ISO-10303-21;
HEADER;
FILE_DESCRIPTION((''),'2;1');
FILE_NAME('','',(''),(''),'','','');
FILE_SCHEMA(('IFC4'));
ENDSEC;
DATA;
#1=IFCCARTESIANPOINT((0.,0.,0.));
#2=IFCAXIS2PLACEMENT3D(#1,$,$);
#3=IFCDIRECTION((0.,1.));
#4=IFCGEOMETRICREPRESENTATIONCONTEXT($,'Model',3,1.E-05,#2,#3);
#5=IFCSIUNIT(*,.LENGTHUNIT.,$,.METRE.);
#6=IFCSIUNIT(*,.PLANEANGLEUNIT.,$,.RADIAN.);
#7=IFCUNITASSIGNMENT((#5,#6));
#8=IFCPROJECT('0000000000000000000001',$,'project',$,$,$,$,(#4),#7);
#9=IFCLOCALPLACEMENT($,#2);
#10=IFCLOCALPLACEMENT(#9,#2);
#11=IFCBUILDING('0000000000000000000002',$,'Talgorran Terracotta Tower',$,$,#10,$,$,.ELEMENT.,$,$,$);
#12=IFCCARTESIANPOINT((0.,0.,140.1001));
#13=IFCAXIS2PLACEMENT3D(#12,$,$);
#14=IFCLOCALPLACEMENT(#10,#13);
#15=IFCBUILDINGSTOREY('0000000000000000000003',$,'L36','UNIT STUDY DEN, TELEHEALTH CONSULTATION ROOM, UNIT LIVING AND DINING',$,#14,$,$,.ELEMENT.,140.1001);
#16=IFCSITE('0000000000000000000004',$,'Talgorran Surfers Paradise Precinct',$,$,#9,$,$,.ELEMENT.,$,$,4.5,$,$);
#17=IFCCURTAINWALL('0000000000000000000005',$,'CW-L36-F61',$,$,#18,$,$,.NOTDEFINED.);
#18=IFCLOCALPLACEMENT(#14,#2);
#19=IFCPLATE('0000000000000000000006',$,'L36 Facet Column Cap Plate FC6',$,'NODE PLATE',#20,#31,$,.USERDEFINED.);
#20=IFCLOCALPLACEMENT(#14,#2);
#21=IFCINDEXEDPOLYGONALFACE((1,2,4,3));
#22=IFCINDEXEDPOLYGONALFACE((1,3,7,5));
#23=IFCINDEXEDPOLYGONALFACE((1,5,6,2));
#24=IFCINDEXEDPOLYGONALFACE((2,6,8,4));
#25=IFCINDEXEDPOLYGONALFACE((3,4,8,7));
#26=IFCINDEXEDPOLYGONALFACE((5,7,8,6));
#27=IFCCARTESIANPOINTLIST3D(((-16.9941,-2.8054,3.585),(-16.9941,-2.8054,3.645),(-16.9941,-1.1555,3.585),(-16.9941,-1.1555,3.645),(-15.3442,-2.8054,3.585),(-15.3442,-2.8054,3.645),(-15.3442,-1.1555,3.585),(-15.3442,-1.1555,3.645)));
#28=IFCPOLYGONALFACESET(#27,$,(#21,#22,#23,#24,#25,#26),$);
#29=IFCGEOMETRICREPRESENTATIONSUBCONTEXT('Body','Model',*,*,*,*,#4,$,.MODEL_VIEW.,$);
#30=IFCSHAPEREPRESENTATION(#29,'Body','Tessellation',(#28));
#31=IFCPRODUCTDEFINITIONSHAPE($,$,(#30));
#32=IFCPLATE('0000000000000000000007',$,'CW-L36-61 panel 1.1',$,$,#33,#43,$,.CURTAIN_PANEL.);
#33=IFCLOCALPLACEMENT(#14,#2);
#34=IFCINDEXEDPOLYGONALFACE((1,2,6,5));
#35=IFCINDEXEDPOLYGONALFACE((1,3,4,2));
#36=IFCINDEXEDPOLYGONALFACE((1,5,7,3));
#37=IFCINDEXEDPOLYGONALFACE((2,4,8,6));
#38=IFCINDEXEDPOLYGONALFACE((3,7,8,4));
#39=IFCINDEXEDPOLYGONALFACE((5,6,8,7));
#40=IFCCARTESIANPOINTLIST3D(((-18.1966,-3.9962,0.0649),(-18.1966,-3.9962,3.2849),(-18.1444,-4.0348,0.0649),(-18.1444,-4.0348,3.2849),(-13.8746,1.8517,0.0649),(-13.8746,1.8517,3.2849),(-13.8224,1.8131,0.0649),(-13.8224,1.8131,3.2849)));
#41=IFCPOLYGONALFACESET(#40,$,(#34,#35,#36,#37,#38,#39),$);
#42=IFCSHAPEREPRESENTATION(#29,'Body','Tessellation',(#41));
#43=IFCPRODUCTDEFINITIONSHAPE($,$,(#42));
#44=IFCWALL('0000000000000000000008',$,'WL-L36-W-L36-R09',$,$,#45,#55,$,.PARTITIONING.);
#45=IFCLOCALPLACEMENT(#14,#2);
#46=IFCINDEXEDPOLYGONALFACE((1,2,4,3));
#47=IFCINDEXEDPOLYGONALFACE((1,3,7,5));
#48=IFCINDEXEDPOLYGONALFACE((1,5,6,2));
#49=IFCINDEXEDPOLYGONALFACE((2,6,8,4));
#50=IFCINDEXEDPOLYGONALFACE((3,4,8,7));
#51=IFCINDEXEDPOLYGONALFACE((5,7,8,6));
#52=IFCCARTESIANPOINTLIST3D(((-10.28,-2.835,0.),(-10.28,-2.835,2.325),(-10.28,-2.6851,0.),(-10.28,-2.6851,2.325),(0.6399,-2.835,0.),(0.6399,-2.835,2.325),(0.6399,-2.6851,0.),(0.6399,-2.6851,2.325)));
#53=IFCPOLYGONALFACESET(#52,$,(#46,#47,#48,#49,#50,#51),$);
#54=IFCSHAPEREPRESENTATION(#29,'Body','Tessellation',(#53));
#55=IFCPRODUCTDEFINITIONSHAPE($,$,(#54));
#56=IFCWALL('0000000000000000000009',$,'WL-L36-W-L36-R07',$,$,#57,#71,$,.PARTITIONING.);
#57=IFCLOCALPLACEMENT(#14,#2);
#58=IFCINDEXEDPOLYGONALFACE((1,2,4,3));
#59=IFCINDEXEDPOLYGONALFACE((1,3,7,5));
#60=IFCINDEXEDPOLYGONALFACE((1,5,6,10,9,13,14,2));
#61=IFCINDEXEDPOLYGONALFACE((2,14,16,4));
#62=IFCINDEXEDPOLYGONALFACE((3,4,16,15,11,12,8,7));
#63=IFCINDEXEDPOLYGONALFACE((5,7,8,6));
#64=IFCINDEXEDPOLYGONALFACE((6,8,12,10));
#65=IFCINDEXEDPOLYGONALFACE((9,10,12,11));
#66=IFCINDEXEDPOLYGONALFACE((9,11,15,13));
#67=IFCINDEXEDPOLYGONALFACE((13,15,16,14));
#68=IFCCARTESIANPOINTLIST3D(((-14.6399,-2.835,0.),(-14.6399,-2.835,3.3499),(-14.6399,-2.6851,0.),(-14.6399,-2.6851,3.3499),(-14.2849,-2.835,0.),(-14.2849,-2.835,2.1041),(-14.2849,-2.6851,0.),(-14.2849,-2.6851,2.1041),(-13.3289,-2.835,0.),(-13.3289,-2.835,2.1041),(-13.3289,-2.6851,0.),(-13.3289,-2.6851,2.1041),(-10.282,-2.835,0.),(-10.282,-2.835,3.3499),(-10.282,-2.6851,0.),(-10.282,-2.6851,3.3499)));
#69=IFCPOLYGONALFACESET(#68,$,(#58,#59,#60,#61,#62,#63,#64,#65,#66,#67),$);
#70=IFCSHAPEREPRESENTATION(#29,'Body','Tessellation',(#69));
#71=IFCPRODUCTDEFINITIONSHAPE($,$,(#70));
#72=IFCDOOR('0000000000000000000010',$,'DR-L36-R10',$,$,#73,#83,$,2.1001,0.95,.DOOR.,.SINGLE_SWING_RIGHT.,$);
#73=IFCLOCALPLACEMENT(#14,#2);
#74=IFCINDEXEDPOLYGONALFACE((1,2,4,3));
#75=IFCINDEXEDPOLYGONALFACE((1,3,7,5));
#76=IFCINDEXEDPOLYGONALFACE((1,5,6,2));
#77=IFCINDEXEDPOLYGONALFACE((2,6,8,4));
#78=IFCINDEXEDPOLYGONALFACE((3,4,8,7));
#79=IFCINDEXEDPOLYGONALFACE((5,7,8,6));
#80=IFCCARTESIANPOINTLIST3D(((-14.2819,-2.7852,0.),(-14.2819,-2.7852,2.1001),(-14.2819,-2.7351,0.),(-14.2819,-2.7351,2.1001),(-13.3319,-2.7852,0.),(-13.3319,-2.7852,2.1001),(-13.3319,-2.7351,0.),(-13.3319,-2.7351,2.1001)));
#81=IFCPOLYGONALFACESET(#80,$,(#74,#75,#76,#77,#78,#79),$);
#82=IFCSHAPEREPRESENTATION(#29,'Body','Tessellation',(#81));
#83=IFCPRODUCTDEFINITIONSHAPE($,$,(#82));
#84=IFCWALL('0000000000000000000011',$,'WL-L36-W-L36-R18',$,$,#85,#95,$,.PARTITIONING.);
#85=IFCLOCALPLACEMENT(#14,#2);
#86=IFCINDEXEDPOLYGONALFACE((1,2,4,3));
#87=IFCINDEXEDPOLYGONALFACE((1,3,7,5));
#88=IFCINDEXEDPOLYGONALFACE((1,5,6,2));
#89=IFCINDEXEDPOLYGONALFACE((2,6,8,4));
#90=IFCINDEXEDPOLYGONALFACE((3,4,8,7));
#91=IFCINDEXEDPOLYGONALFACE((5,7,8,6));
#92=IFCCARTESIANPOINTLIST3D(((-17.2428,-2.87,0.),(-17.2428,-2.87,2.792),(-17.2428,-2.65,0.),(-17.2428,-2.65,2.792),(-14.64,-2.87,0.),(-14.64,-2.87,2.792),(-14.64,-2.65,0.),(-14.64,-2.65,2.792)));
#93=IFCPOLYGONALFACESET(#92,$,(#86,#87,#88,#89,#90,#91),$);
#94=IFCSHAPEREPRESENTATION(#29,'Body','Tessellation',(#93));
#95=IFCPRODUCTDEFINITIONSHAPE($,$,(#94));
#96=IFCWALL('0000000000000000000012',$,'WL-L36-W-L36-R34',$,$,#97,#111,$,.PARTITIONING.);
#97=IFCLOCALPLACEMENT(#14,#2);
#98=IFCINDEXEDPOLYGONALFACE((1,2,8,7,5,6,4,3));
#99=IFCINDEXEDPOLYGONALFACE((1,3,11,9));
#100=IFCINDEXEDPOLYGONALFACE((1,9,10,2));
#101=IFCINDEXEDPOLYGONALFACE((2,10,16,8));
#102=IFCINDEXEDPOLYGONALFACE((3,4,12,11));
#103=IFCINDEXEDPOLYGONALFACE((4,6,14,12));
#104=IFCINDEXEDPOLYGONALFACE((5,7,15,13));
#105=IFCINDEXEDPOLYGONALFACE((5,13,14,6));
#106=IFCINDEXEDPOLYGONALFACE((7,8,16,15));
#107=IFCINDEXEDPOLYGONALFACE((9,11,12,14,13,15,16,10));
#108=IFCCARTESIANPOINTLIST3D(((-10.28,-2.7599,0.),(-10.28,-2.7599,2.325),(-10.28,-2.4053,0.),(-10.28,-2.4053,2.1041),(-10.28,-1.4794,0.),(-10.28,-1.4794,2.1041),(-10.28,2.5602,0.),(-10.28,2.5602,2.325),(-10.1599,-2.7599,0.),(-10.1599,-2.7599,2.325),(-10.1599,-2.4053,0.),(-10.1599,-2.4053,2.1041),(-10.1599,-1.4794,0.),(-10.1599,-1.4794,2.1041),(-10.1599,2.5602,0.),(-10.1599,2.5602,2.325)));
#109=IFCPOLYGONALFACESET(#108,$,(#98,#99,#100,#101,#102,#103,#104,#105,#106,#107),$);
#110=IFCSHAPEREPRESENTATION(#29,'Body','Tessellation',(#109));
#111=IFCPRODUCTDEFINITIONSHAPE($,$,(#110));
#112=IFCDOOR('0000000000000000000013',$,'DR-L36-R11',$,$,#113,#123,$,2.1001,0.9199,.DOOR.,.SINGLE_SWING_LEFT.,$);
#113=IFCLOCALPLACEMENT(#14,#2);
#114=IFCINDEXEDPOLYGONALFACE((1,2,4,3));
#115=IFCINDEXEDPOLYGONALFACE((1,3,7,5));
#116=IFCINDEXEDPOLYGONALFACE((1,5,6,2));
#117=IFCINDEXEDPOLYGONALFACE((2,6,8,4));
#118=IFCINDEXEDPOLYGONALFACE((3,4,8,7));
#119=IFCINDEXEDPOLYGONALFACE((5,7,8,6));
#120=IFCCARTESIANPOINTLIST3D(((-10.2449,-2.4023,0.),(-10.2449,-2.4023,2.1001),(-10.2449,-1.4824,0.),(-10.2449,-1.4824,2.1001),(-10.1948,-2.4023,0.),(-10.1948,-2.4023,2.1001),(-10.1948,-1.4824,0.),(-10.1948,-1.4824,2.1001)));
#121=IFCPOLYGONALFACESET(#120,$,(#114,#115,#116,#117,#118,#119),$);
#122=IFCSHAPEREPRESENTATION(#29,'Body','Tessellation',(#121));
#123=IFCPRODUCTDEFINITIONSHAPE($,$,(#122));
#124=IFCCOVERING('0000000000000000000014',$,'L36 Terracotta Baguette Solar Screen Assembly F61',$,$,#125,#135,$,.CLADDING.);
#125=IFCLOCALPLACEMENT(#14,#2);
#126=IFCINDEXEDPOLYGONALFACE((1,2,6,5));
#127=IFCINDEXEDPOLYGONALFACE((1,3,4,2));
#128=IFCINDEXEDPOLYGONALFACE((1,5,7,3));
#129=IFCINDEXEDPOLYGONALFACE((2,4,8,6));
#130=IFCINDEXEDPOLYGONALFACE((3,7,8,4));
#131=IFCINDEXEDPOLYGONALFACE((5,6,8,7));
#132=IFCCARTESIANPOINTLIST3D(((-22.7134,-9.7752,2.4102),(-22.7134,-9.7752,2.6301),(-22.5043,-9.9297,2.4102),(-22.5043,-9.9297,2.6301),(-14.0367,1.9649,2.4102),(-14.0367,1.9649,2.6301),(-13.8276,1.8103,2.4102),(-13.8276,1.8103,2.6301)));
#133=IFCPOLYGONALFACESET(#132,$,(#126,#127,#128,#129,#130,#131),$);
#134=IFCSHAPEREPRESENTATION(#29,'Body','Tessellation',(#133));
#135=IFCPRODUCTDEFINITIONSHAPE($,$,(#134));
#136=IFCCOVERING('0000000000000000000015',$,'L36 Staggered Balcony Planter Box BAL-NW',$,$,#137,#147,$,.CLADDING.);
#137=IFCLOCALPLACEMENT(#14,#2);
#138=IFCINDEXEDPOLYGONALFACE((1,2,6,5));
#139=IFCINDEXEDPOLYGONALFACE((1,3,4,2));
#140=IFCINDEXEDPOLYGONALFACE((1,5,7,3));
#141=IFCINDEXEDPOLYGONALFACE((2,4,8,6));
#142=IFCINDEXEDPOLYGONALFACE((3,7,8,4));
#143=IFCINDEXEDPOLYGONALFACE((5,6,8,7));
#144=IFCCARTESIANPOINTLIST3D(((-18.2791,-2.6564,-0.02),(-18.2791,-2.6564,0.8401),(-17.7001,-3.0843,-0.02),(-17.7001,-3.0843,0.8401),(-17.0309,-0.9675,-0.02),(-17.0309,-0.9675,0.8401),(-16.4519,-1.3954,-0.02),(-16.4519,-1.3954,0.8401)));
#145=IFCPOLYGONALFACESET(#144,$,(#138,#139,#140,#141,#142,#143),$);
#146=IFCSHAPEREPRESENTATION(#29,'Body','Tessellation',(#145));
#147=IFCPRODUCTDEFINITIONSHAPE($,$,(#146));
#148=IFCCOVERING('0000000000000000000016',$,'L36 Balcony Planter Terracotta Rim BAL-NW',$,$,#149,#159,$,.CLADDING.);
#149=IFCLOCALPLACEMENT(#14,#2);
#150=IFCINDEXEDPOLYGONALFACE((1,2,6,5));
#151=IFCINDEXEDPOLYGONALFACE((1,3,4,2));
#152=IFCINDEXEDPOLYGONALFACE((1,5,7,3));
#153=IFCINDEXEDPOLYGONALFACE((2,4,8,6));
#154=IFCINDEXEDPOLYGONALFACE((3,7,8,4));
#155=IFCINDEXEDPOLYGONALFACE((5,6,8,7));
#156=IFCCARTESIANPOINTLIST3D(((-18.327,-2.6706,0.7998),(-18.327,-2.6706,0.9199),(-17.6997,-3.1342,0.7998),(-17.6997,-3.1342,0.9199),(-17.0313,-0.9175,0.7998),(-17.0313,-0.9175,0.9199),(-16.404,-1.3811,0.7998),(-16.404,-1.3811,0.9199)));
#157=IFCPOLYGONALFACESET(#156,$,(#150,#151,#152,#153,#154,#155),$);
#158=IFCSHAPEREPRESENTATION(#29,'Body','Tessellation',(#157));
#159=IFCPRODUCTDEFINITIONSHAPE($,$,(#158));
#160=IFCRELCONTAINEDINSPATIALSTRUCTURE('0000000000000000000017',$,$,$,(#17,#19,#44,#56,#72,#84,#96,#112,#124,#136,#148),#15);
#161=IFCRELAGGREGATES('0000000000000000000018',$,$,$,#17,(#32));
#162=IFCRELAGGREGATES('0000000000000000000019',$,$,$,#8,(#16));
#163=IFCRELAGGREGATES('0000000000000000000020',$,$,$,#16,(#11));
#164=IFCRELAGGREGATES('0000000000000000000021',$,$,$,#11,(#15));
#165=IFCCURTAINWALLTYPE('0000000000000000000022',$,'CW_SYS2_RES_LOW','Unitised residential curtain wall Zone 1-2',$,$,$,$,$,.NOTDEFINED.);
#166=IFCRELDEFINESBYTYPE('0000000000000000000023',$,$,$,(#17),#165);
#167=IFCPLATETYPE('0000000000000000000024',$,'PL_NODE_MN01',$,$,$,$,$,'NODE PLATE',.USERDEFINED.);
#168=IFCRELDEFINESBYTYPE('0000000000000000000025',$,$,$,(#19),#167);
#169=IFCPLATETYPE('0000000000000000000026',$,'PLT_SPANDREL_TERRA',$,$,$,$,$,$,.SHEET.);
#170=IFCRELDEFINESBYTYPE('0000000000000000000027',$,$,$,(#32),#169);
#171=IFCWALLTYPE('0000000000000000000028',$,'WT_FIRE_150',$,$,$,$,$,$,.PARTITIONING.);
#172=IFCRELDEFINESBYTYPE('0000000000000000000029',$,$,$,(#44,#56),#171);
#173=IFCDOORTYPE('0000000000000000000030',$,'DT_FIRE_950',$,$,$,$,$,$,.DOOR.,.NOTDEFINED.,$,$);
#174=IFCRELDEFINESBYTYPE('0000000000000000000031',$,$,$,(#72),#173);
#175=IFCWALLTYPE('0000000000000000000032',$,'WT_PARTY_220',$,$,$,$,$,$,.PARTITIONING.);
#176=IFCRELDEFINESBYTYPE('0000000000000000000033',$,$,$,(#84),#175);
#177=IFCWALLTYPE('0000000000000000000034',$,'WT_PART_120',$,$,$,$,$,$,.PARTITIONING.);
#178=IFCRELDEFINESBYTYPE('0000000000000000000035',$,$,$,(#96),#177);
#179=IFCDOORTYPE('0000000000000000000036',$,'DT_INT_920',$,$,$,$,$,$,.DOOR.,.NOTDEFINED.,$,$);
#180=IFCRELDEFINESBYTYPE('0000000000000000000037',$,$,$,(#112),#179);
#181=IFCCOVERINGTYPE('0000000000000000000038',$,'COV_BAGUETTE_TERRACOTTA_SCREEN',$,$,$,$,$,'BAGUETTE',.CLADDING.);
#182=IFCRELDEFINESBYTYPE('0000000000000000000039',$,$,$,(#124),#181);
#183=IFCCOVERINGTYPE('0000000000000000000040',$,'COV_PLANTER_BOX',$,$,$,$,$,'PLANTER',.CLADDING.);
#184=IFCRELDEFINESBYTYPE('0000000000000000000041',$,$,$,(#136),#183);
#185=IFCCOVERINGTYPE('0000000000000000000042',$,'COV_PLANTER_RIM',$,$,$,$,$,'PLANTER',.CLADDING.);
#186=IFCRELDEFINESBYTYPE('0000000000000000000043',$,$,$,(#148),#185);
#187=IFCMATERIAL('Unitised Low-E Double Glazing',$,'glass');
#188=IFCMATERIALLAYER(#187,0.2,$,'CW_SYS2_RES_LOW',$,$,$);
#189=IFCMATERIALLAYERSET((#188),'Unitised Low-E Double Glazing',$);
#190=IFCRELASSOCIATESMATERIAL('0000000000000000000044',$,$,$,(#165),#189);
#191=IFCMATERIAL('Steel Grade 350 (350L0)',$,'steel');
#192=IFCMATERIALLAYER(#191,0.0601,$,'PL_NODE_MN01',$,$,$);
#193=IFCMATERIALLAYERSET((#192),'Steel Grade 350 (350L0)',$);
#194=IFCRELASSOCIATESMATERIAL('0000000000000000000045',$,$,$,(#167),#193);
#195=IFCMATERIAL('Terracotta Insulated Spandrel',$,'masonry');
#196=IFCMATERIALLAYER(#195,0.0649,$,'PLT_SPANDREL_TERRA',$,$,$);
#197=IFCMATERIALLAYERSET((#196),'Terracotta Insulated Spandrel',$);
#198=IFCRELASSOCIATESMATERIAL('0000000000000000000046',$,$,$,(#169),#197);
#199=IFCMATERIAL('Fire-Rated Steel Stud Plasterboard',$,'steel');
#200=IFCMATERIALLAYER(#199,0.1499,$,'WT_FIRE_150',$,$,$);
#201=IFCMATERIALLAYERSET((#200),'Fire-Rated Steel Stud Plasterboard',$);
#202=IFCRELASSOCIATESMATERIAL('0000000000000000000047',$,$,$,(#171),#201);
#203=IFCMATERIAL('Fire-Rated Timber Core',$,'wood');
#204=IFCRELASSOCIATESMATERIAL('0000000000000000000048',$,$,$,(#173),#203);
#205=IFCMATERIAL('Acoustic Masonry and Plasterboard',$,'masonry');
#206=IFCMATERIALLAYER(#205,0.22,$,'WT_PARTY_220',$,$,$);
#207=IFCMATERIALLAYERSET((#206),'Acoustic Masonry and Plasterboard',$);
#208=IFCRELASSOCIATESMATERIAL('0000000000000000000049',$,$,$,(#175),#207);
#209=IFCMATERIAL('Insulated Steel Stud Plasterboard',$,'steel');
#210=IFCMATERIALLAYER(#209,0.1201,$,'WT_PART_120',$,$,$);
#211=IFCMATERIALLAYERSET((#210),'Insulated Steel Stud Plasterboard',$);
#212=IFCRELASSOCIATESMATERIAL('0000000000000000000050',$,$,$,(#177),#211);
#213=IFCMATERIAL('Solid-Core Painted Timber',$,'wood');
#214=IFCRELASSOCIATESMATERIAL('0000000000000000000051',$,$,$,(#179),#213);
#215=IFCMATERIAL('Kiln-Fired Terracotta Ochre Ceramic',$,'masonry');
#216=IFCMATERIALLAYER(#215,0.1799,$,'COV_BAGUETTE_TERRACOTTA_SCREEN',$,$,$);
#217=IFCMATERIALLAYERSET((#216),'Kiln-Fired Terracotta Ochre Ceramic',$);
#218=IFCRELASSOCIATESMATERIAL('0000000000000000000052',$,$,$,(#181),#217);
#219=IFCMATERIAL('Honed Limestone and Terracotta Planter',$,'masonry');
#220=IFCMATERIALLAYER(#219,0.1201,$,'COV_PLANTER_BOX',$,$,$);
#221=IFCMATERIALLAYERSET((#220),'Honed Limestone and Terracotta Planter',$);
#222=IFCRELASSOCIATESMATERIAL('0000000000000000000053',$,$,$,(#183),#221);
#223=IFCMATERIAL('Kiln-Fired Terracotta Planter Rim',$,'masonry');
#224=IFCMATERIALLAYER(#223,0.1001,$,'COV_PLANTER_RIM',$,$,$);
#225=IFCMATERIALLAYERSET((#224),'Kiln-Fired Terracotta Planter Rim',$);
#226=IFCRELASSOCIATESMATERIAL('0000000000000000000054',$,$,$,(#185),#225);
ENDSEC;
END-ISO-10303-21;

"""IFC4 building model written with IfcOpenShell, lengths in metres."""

from ifc_helpers import new_model, si_unit, direction, frame, frame_2d, origin, origin_2d, place, context, subcontext, project, spatial, rectangle, extrude, source, transform, mapped, material, layer, layer_set, type_object, type_shapes, element, fill, aggregate, save


model = new_model("IFC4")

# Units and contexts
model_context = context("Model", 3, precision=1e-05, world=origin(), true_north=direction((0.0, 1.0)))
body_context = subcontext(model_context, "Body", "Model", "MODEL_VIEW")
ifc_project = project(units=[si_unit("LENGTHUNIT", "METRE"), si_unit("PLANEANGLEUNIT", "RADIAN")], contexts=[model_context])

# Site, building, storey
site_placement = place(None, origin())
site = spatial("IfcSite", under=ifc_project, at=site_placement, Name="Talgorran Surfers Paradise Precinct", CompositionType="ELEMENT", RefElevation=4.5)
building_placement = place(site_placement, origin())
building = spatial("IfcBuilding", under=site, at=building_placement, Name="Talgorran Terracotta Tower", CompositionType="ELEMENT")
storey_placement = place(building_placement, frame((0.0, 0.0, 140.1001)))
storey = spatial("IfcBuildingStorey", under=building, at=storey_placement, Name="L36", Description="UNIT STUDY DEN, TELEHEALTH CONSULTATION ROOM, UNIT LIVING AND DINING", CompositionType="ELEMENT", Elevation=140.1001)

# Shared definitions
ifc_material_1 = material(Name="Steel Grade 350 (350L0)", Category="steel")

# Curtain wall
ifc_material_2 = material(Name="Unitised Low-E Double Glazing", Category="glass")
ifc_layer_1 = layer(ifc_material_2, 0.2, Name="CW_SYS2_RES_LOW")
ifc_layer_set_1 = layer_set([ifc_layer_1], Name="Unitised Low-E Double Glazing")
curtain_wall_type = type_object("IfcCurtainWallType", Name="CW_SYS2_RES_LOW", Description="Unitised residential curtain wall Zone 1-2", PredefinedType="NOTDEFINED", material=ifc_layer_set_1)
curtain_wall_placement = place(storey_placement, origin())
curtain_wall = element("IfcCurtainWall", 1, at=curtain_wall_placement, inside=storey, type_object=curtain_wall_type, Name="CW-L36-F61", PredefinedType="NOTDEFINED")

# Plates
ifc_layer_2 = layer(ifc_material_1, 0.0601, Name="PL_NODE_MN01")
ifc_layer_set_2 = layer_set([ifc_layer_2], Name="Steel Grade 350 (350L0)")
plate_type_1 = type_object("IfcPlateType", Name="PL_NODE_MN01", ElementType="NODE PLATE", PredefinedType="USERDEFINED", material=ifc_layer_set_2)
plate_1_placement = place(storey_placement, frame((-16.1692, -1.9805, 3.585), z_axis=(0.0, 0.0, 1.0), x_axis=(1.0, 0.0, 0.0)))
element("IfcPlate", 2, at=plate_1_placement, inside=storey, type_object=plate_type_1, Name="L36 Facet Column Cap Plate FC6", ObjectType="NODE PLATE", PredefinedType="USERDEFINED", context=body_context, shape_type="SweptSolid", body=[
    extrude(rectangle(XDim=1.6499, YDim=1.6499, at=origin_2d()), origin(), (0.0, 0.0, 1.0), 0.0601),
])
ifc_material_3 = material(Name="Terracotta Insulated Spandrel", Category="masonry")
ifc_layer_3 = layer(ifc_material_3, 0.0649, Name="PLT_SPANDREL_TERRA")
ifc_layer_set_3 = layer_set([ifc_layer_3], Name="Terracotta Insulated Spandrel")
plate_type_2 = type_object("IfcPlateType", Name="PLT_SPANDREL_TERRA", PredefinedType="SHEET", material=ifc_layer_set_3)
shared_shape = source(origin(), body_context, "Body", "SweptSolid", [
    extrude(rectangle(XDim=7.2717, YDim=0.0649, at=origin_2d()), origin(), (0.0, 0.0, 1.0), 3.22),
])
type_shapes(plate_type_2, [shared_shape])
plate_2_placement = place(storey_placement, frame((-16.0095, -1.0916, 0.0649), z_axis=(0.0, 0.0, 1.0), x_axis=(-0.59436, -0.804199, 0.0)))
plate_2 = element("IfcPlate", 3, at=plate_2_placement, type_object=plate_type_2, Name="CW-L36-61 panel 1.1", PredefinedType="CURTAIN_PANEL", context=body_context, shape_type="MappedRepresentation", body=[
    mapped(shared_shape, transform((0.0, 0.0, 0.0), scale=1.0)),
])
aggregate(curtain_wall, [plate_2])

# Wall
ifc_material_4 = material(Name="Fire-Rated Steel Stud Plasterboard", Category="steel")
ifc_layer_4 = layer(ifc_material_4, 0.1499, Name="WT_FIRE_150")
ifc_layer_set_4 = layer_set([ifc_layer_4], Name="Fire-Rated Steel Stud Plasterboard")
wall_type_1 = type_object("IfcWallType", Name="WT_FIRE_150", PredefinedType="PARTITIONING", material=ifc_layer_set_4)
wall_1_placement = place(storey_placement, frame((-10.28, -2.76, 0.0), z_axis=(0.0, 0.0, 1.0), x_axis=(1.0, 0.0, 0.0)))
element("IfcWall", 4, at=wall_1_placement, inside=storey, type_object=wall_type_1, Name="WL-L36-W-L36-R09", PredefinedType="PARTITIONING", context=body_context, shape_type="SweptSolid", body=[
    extrude(rectangle(XDim=10.9199, YDim=0.1499, at=frame_2d((5.46, 0.0))), origin(), (0.0, 0.0, 1.0), 2.325),
])

# Wall, opening, door
wall_2_placement = place(storey_placement, frame((-14.6399, -2.76, 0.0), z_axis=(0.0, 0.0, 1.0), x_axis=(1.0, 0.0, 0.0)))
wall_2 = element("IfcWall", 5, at=wall_2_placement, inside=storey, type_object=wall_type_1, Name="WL-L36-W-L36-R07", PredefinedType="PARTITIONING", context=body_context, shape_type="SweptSolid", body=[
    extrude(rectangle(XDim=4.3579, YDim=0.1499, at=frame_2d((2.179, 0.0))), origin(), (0.0, 0.0, 1.0), 3.3499),
])
opening_1_placement = place(wall_2_placement, frame((0.3579, 0.0, 0.0)))
opening_1 = element("IfcOpeningElement", 6, at=opening_1_placement, cuts=wall_2, PredefinedType="OPENING", context=body_context, shape_type="SweptSolid", body=[
    extrude(rectangle(XDim=0.956, YDim=2.1041, at=frame_2d((0.4751, 1.052))), frame((0.0, 0.085, 0.0), z_axis=(0.0, -1.0, 0.0), x_axis=(1.0, 0.0, 0.0)), (0.0, 0.0, 1.0), 0.1699),
])
ifc_material_5 = material(Name="Fire-Rated Timber Core", Category="wood")
door_type_1 = type_object("IfcDoorType", Name="DT_FIRE_950", OperationType="NOTDEFINED", PredefinedType="DOOR", material=ifc_material_5)
door_1_placement = place(opening_1_placement, origin())
door_1 = element("IfcDoor", 7, at=door_1_placement, inside=storey, type_object=door_type_1, Name="DR-L36-R10", OperationType="SINGLE_SWING_RIGHT", OverallHeight=2.1001, OverallWidth=0.95, PredefinedType="DOOR", context=body_context, shape_type="SweptSolid", body=[
    extrude(rectangle(XDim=0.95, YDim=2.1001, at=frame_2d((0.4751, 1.05))), frame((0.0, 0.0249, 0.0), z_axis=(0.0, -1.0, 0.0), x_axis=(1.0, 0.0, 0.0)), (0.0, 0.0, 1.0), 0.05),
])
fill(opening_1, door_1)

# Wall
ifc_material_6 = material(Name="Acoustic Masonry and Plasterboard", Category="masonry")
ifc_layer_5 = layer(ifc_material_6, 0.22, Name="WT_PARTY_220")
ifc_layer_set_5 = layer_set([ifc_layer_5], Name="Acoustic Masonry and Plasterboard")
wall_type_2 = type_object("IfcWallType", Name="WT_PARTY_220", PredefinedType="PARTITIONING", material=ifc_layer_set_5)
wall_3_placement = place(storey_placement, frame((-17.2427, -2.76, 0.0), z_axis=(0.0, 0.0, 1.0), x_axis=(1.0, 0.0, 0.0)))
element("IfcWall", 8, at=wall_3_placement, inside=storey, type_object=wall_type_2, Name="WL-L36-W-L36-R18", PredefinedType="PARTITIONING", context=body_context, shape_type="SweptSolid", body=[
    extrude(rectangle(XDim=2.6028, YDim=0.22, at=frame_2d((1.3013, 0.0))), origin(), (0.0, 0.0, 1.0), 2.792),
])

# Wall, opening, door
ifc_material_7 = material(Name="Insulated Steel Stud Plasterboard", Category="steel")
ifc_layer_6 = layer(ifc_material_7, 0.1201, Name="WT_PART_120")
ifc_layer_set_6 = layer_set([ifc_layer_6], Name="Insulated Steel Stud Plasterboard")
wall_type_3 = type_object("IfcWallType", Name="WT_PART_120", PredefinedType="PARTITIONING", material=ifc_layer_set_6)
wall_4_placement = place(storey_placement, frame((-10.22, -2.76, 0.0), z_axis=(0.0, 0.0, 1.0), x_axis=(0.0, 1.0, 0.0)))
wall_4 = element("IfcWall", 9, at=wall_4_placement, inside=storey, type_object=wall_type_3, Name="WL-L36-W-L36-R34", PredefinedType="PARTITIONING", context=body_context, shape_type="SweptSolid", body=[
    extrude(rectangle(XDim=5.3201, YDim=0.1201, at=frame_2d((2.6602, 0.0))), origin(), (0.0, 0.0, 1.0), 2.325),
])
opening_2_placement = place(wall_4_placement, frame((0.3577, 0.0, 0.0)))
opening_2 = element("IfcOpeningElement", 10, at=opening_2_placement, cuts=wall_4, PredefinedType="OPENING", context=body_context, shape_type="SweptSolid", body=[
    extrude(rectangle(XDim=0.9259, YDim=2.1041, at=frame_2d((0.46, 1.052))), frame((0.0, 0.0701, 0.0), z_axis=(0.0, -1.0, 0.0), x_axis=(1.0, 0.0, 0.0)), (0.0, 0.0, 1.0), 0.1401),
])
ifc_material_8 = material(Name="Solid-Core Painted Timber", Category="wood")
door_type_2 = type_object("IfcDoorType", Name="DT_INT_920", OperationType="NOTDEFINED", PredefinedType="DOOR", material=ifc_material_8)
door_2_placement = place(opening_2_placement, origin())
door_2 = element("IfcDoor", 11, at=door_2_placement, inside=storey, type_object=door_type_2, Name="DR-L36-R11", OperationType="SINGLE_SWING_LEFT", OverallHeight=2.1001, OverallWidth=0.9199, PredefinedType="DOOR", context=body_context, shape_type="SweptSolid", body=[
    extrude(rectangle(XDim=0.9199, YDim=2.1001, at=frame_2d((0.46, 1.05))), frame((0.0, 0.0249, 0.0), z_axis=(0.0, -1.0, 0.0), x_axis=(1.0, 0.0, 0.0)), (0.0, 0.0, 1.0), 0.05),
])
fill(opening_2, door_2)

# Coverings
ifc_material_9 = material(Name="Kiln-Fired Terracotta Ochre Ceramic", Category="masonry")
ifc_layer_7 = layer(ifc_material_9, 0.1799, Name="COV_BAGUETTE_TERRACOTTA_SCREEN")
ifc_layer_set_7 = layer_set([ifc_layer_7], Name="Kiln-Fired Terracotta Ochre Ceramic")
covering_type_1 = type_object("IfcCoveringType", Name="COV_BAGUETTE_TERRACOTTA_SCREEN", ElementType="BAGUETTE", PredefinedType="CLADDING", material=ifc_layer_set_7)
covering_1_placement = place(storey_placement, frame((-18.2705, -3.9824, 2.4102), z_axis=(0.0, 0.0, 1.0), x_axis=(-0.59436, -0.804199, 0.0)))
element("IfcCovering", 12, at=covering_1_placement, inside=storey, type_object=covering_type_1, Name="L36 Terracotta Baguette Solar Screen Assembly F61", PredefinedType="CLADDING", context=body_context, shape_type="SweptSolid", body=[
    extrude(rectangle(XDim=14.5984, YDim=0.26, at=origin_2d()), origin(), (0.0, 0.0, 1.0), 0.22),
])
ifc_material_10 = material(Name="Honed Limestone and Terracotta Planter", Category="masonry")
ifc_layer_8 = layer(ifc_material_10, 0.1201, Name="COV_PLANTER_BOX")
ifc_layer_set_8 = layer_set([ifc_layer_8], Name="Honed Limestone and Terracotta Planter")
covering_type_2 = type_object("IfcCoveringType", Name="COV_PLANTER_BOX", ElementType="PLANTER", PredefinedType="CLADDING", material=ifc_layer_set_8)
covering_2_placement = place(storey_placement, frame((-17.3655, -2.0259, -0.02), z_axis=(0.0, 0.0, 1.0), x_axis=(-0.59436, -0.804199, 0.0)))
element("IfcCovering", 13, at=covering_2_placement, inside=storey, type_object=covering_type_2, Name="L36 Staggered Balcony Planter Box BAL-NW", PredefinedType="CLADDING", context=body_context, shape_type="SweptSolid", body=[
    extrude(rectangle(XDim=2.1001, YDim=0.72, at=origin_2d()), origin(), (0.0, 0.0, 1.0), 0.8601),
])
ifc_material_11 = material(Name="Kiln-Fired Terracotta Planter Rim", Category="masonry")
ifc_layer_9 = layer(ifc_material_11, 0.1001, Name="COV_PLANTER_RIM")
ifc_layer_set_9 = layer_set([ifc_layer_9], Name="Kiln-Fired Terracotta Planter Rim")
covering_type_3 = type_object("IfcCoveringType", Name="COV_PLANTER_RIM", ElementType="PLANTER", PredefinedType="CLADDING", material=ifc_layer_set_9)
covering_3_placement = place(storey_placement, frame((-17.3655, -2.0259, 0.7998), z_axis=(0.0, 0.0, 1.0), x_axis=(-0.59436, -0.804199, 0.0)))
element("IfcCovering", 14, at=covering_3_placement, inside=storey, type_object=covering_type_3, Name="L36 Balcony Planter Terracotta Rim BAL-NW", PredefinedType="CLADDING", context=body_context, shape_type="SweptSolid", body=[
    extrude(rectangle(XDim=2.1799, YDim=0.78, at=origin_2d()), origin(), (0.0, 0.0, 1.0), 0.1201),
])

save(model, "model.ifc")
